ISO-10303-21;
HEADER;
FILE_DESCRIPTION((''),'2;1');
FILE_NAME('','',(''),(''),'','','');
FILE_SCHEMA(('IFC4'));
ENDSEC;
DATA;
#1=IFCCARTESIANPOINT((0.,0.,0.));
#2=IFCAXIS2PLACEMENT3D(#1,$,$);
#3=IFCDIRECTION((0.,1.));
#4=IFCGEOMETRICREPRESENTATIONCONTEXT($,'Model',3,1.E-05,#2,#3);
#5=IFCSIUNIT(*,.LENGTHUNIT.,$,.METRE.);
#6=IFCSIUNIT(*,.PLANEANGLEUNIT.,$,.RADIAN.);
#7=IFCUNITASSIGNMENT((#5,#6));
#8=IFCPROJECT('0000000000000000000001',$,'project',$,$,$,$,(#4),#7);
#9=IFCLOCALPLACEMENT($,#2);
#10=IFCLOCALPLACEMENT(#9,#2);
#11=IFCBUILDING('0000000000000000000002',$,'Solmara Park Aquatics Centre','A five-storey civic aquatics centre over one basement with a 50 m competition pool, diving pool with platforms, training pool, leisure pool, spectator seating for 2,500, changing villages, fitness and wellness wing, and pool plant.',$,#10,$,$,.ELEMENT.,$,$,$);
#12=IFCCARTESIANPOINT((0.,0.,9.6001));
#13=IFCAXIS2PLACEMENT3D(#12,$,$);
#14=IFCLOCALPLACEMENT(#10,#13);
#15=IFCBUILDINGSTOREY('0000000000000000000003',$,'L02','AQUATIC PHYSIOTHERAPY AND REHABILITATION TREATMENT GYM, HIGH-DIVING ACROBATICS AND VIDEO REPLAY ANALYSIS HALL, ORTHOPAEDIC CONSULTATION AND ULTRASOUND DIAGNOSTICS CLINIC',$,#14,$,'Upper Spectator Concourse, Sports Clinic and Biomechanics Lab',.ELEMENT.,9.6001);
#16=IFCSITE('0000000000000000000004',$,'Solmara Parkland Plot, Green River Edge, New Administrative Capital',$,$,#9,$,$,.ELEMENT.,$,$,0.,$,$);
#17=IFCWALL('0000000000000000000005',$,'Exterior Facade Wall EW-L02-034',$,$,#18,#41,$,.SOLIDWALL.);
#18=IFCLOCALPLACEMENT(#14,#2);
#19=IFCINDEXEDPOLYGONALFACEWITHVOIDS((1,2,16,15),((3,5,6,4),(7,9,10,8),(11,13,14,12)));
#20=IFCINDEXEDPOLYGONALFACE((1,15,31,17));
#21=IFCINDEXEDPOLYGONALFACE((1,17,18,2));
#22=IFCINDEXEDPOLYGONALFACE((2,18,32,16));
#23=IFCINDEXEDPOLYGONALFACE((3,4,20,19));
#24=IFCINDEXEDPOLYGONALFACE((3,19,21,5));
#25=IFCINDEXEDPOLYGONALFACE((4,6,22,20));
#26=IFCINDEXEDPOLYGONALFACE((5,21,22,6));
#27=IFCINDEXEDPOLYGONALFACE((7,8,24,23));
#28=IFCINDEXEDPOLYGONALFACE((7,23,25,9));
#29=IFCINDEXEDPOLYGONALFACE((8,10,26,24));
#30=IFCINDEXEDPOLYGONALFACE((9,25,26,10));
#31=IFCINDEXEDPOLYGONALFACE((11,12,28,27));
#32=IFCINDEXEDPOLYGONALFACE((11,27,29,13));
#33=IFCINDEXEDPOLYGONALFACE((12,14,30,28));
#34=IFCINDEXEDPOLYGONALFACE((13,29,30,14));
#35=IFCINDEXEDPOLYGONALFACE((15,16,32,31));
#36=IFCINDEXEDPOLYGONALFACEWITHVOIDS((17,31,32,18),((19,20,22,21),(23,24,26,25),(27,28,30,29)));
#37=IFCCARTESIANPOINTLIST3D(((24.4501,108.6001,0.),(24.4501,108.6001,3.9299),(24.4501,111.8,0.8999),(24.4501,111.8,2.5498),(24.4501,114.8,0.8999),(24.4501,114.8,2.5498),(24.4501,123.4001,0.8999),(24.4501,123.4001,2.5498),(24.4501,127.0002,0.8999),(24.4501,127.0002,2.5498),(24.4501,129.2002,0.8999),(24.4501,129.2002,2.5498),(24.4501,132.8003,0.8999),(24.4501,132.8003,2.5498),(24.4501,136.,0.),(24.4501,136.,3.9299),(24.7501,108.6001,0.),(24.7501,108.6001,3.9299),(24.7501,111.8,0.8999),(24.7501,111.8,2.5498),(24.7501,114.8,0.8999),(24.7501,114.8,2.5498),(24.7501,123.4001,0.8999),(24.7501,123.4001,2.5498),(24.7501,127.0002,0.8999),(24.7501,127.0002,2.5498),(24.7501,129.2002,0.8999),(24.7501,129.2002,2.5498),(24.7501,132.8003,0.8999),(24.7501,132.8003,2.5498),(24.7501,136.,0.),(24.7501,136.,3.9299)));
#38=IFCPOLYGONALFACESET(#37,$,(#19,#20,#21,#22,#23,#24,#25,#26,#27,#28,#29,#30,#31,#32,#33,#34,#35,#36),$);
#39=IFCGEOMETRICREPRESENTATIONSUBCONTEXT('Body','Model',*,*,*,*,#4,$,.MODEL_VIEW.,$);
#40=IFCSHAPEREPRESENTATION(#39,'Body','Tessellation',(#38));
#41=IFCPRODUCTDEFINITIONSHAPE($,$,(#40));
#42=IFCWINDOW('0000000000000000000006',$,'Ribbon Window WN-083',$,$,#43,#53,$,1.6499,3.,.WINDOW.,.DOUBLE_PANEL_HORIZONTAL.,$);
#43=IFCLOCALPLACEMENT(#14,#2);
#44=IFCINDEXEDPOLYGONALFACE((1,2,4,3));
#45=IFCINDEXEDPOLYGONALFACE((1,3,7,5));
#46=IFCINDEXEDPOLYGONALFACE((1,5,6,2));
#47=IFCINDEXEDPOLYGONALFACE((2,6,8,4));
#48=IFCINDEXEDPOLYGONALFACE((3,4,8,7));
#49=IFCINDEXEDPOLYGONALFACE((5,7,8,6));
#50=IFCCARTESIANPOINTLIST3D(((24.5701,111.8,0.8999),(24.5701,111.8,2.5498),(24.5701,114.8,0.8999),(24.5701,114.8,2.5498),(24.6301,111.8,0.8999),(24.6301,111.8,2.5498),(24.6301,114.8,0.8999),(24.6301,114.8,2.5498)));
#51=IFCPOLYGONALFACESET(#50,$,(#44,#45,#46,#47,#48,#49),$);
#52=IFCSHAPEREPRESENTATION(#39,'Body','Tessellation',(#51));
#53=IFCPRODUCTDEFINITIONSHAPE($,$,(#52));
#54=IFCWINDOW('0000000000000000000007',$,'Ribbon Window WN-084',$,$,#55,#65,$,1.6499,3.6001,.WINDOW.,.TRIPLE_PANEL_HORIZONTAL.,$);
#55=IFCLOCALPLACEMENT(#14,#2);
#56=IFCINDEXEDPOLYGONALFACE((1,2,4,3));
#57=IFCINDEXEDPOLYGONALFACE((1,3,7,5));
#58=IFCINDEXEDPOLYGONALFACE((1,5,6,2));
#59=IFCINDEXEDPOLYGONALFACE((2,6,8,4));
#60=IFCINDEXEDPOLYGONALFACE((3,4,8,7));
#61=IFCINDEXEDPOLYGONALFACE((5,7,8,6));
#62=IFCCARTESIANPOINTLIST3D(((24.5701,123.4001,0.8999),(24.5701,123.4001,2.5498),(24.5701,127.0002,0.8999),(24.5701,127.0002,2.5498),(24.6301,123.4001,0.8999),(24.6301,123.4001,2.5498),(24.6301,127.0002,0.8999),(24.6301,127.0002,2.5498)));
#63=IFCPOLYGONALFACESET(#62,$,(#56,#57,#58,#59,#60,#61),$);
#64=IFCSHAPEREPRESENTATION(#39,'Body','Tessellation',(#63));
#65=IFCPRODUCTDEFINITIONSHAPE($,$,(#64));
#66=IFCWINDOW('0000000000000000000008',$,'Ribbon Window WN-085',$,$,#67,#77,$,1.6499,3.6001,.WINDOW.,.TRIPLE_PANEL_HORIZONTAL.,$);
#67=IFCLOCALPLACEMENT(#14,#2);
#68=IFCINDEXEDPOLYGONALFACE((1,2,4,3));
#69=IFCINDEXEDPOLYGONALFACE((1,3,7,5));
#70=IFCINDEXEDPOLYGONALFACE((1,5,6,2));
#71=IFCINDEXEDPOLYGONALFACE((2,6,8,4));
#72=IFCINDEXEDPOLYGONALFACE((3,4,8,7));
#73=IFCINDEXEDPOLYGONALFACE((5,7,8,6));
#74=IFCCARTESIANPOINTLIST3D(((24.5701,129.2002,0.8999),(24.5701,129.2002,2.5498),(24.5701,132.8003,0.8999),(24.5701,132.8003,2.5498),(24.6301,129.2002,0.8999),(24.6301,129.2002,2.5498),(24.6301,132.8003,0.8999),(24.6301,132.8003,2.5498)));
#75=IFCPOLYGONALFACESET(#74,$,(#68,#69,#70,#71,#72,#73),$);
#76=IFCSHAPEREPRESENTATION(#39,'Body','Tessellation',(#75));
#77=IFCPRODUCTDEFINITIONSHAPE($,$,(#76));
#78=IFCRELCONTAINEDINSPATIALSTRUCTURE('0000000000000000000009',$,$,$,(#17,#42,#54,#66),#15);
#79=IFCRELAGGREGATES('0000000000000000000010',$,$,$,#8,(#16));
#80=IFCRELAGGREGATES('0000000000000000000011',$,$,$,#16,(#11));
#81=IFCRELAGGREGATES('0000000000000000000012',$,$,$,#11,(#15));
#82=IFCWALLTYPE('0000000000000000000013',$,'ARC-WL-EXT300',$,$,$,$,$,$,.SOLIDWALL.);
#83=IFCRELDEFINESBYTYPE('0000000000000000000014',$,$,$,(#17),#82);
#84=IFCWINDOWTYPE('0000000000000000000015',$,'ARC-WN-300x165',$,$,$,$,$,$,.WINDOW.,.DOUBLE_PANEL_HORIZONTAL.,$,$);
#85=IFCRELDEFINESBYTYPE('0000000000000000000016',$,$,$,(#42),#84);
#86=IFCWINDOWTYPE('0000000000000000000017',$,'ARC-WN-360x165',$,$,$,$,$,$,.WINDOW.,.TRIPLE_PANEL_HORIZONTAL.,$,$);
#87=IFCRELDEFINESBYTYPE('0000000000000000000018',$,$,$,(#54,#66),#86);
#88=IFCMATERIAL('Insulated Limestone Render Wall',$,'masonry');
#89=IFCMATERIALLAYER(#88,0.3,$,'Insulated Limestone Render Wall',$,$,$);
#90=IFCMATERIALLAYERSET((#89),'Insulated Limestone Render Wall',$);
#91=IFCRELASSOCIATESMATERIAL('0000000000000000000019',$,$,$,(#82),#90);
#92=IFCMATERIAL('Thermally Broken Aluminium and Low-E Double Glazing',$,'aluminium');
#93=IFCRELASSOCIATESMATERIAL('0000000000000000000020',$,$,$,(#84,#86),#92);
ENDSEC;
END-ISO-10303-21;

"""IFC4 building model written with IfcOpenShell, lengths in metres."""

from ifc_helpers import new_model, si_unit, direction, frame, frame_2d, origin, place, context, subcontext, project, spatial, rectangle, extrude, material, layer, layer_set, type_object, element, fill, save


model = new_model("IFC4")

# Units and contexts
model_context = context("Model", 3, precision=1e-05, world=origin(), true_north=direction((0.0, 1.0)))
body_context = subcontext(model_context, "Body", "Model", "MODEL_VIEW")
ifc_project = project(units=[si_unit("LENGTHUNIT", "METRE"), si_unit("PLANEANGLEUNIT", "RADIAN")], contexts=[model_context])

# Site, building, storey
site_placement = place(None, origin())
site = spatial("IfcSite", under=ifc_project, at=site_placement, Name="Solmara Parkland Plot, Green River Edge, New Administrative Capital", CompositionType="ELEMENT", RefElevation=0.0)
building_placement = place(site_placement, origin())
building = spatial("IfcBuilding", under=site, at=building_placement, Name="Solmara Park Aquatics Centre", Description="A five-storey civic aquatics centre over one basement with a 50 m competition pool, diving pool with platforms, training pool, leisure pool, spectator seating for 2,500, changing villages, fitness and wellness wing, and pool plant.", CompositionType="ELEMENT")
storey_placement = place(building_placement, frame((0.0, 0.0, 9.6001)))
storey = spatial("IfcBuildingStorey", under=building, at=storey_placement, Name="L02", Description="AQUATIC PHYSIOTHERAPY AND REHABILITATION TREATMENT GYM, HIGH-DIVING ACROBATICS AND VIDEO REPLAY ANALYSIS HALL, ORTHOPAEDIC CONSULTATION AND ULTRASOUND DIAGNOSTICS CLINIC", LongName="Upper Spectator Concourse, Sports Clinic and Biomechanics Lab", CompositionType="ELEMENT", Elevation=9.6001)

# Shared definitions
ifc_material_1 = material(Name="Insulated Limestone Render Wall", Category="masonry")
ifc_layer_1 = layer(ifc_material_1, 0.3, Name="Insulated Limestone Render Wall")
ifc_layer_set_1 = layer_set([ifc_layer_1], Name="Insulated Limestone Render Wall")
wall_type_1 = type_object("IfcWallType", Name="ARC-WL-EXT300", PredefinedType="SOLIDWALL", material=ifc_layer_set_1)
ifc_material_2 = material(Name="Thermally Broken Aluminium and Low-E Double Glazing", Category="aluminium")

# Wall, openings, windows
wall_1_placement = place(storey_placement, frame((24.6001, 108.6001, 0.0), z_axis=(0.0, 0.0, 1.0), x_axis=(0.0, 1.0, 0.0)))
wall_1 = element("IfcWall", 1, at=wall_1_placement, inside=storey, type_object=wall_type_1, Name="Exterior Facade Wall EW-L02-034", PredefinedType="SOLIDWALL", context=body_context, shape_type="SweptSolid", body=[
    extrude(rectangle(XDim=27.3999, YDim=0.3, at=frame_2d((13.7, 0.0))), origin(), (0.0, 0.0, 1.0), 3.9299),
])
opening_1_placement = place(wall_1_placement, frame((3.2, 0.0, 0.8999)))
opening_1 = element("IfcOpeningElement", 2, at=opening_1_placement, cuts=wall_1, PredefinedType="OPENING", context=body_context, shape_type="SweptSolid", body=[
    extrude(rectangle(XDim=3.0, YDim=1.6499, at=frame_2d((1.5, 0.825))), frame((0.0, 0.1599, 0.0), z_axis=(0.0, -1.0, 0.0), x_axis=(1.0, 0.0, 0.0)), (0.0, 0.0, 1.0), 0.3201),
])
opening_2_placement = place(wall_1_placement, frame((14.8, 0.0, 0.8999)))
opening_2 = element("IfcOpeningElement", 3, at=opening_2_placement, cuts=wall_1, PredefinedType="OPENING", context=body_context, shape_type="SweptSolid", body=[
    extrude(rectangle(XDim=3.6001, YDim=1.6499, at=frame_2d((1.8, 0.825))), frame((0.0, 0.1599, 0.0), z_axis=(0.0, -1.0, 0.0), x_axis=(1.0, 0.0, 0.0)), (0.0, 0.0, 1.0), 0.3201),
])
opening_3_placement = place(wall_1_placement, frame((20.6001, 0.0, 0.8999)))
opening_3 = element("IfcOpeningElement", 4, at=opening_3_placement, cuts=wall_1, PredefinedType="OPENING", context=body_context, shape_type="SweptSolid", body=[
    extrude(rectangle(XDim=3.6001, YDim=1.6499, at=frame_2d((1.8, 0.825))), frame((0.0, 0.1599, 0.0), z_axis=(0.0, -1.0, 0.0), x_axis=(1.0, 0.0, 0.0)), (0.0, 0.0, 1.0), 0.3201),
])
window_type_1 = type_object("IfcWindowType", Name="ARC-WN-300x165", PartitioningType="DOUBLE_PANEL_HORIZONTAL", PredefinedType="WINDOW", material=ifc_material_2)
window_1_placement = place(opening_1_placement, origin())
window_1 = element("IfcWindow", 5, at=window_1_placement, inside=storey, type_object=window_type_1, Name="Ribbon Window WN-083", OverallHeight=1.6499, OverallWidth=3.0, PartitioningType="DOUBLE_PANEL_HORIZONTAL", PredefinedType="WINDOW", context=body_context, shape_type="SweptSolid", body=[
    extrude(rectangle(XDim=3.0, YDim=1.6499, at=frame_2d((1.5, 0.825))), frame((0.0, 0.03, 0.0), z_axis=(0.0, -1.0, 0.0), x_axis=(1.0, 0.0, 0.0)), (0.0, 0.0, 1.0), 0.0601),
])
fill(opening_1, window_1)
window_type_2 = type_object("IfcWindowType", Name="ARC-WN-360x165", PartitioningType="TRIPLE_PANEL_HORIZONTAL", PredefinedType="WINDOW", material=ifc_material_2)
window_2_placement = place(opening_2_placement, origin())
window_2 = element("IfcWindow", 6, at=window_2_placement, inside=storey, type_object=window_type_2, Name="Ribbon Window WN-084", OverallHeight=1.6499, OverallWidth=3.6001, PartitioningType="TRIPLE_PANEL_HORIZONTAL", PredefinedType="WINDOW", context=body_context, shape_type="SweptSolid", body=[
    extrude(rectangle(XDim=3.6001, YDim=1.6499, at=frame_2d((1.8, 0.825))), frame((0.0, 0.03, 0.0), z_axis=(0.0, -1.0, 0.0), x_axis=(1.0, 0.0, 0.0)), (0.0, 0.0, 1.0), 0.0601),
])
fill(opening_2, window_2)
window_3_placement = place(opening_3_placement, origin())
window_3 = element("IfcWindow", 7, at=window_3_placement, inside=storey, type_object=window_type_2, Name="Ribbon Window WN-085", OverallHeight=1.6499, OverallWidth=3.6001, PartitioningType="TRIPLE_PANEL_HORIZONTAL", PredefinedType="WINDOW", context=body_context, shape_type="SweptSolid", body=[
    extrude(rectangle(XDim=3.6001, YDim=1.6499, at=frame_2d((1.8, 0.825))), frame((0.0, 0.03, 0.0), z_axis=(0.0, -1.0, 0.0), x_axis=(1.0, 0.0, 0.0)), (0.0, 0.0, 1.0), 0.0601),
])
fill(opening_3, window_3)

save(model, "model.ifc")
